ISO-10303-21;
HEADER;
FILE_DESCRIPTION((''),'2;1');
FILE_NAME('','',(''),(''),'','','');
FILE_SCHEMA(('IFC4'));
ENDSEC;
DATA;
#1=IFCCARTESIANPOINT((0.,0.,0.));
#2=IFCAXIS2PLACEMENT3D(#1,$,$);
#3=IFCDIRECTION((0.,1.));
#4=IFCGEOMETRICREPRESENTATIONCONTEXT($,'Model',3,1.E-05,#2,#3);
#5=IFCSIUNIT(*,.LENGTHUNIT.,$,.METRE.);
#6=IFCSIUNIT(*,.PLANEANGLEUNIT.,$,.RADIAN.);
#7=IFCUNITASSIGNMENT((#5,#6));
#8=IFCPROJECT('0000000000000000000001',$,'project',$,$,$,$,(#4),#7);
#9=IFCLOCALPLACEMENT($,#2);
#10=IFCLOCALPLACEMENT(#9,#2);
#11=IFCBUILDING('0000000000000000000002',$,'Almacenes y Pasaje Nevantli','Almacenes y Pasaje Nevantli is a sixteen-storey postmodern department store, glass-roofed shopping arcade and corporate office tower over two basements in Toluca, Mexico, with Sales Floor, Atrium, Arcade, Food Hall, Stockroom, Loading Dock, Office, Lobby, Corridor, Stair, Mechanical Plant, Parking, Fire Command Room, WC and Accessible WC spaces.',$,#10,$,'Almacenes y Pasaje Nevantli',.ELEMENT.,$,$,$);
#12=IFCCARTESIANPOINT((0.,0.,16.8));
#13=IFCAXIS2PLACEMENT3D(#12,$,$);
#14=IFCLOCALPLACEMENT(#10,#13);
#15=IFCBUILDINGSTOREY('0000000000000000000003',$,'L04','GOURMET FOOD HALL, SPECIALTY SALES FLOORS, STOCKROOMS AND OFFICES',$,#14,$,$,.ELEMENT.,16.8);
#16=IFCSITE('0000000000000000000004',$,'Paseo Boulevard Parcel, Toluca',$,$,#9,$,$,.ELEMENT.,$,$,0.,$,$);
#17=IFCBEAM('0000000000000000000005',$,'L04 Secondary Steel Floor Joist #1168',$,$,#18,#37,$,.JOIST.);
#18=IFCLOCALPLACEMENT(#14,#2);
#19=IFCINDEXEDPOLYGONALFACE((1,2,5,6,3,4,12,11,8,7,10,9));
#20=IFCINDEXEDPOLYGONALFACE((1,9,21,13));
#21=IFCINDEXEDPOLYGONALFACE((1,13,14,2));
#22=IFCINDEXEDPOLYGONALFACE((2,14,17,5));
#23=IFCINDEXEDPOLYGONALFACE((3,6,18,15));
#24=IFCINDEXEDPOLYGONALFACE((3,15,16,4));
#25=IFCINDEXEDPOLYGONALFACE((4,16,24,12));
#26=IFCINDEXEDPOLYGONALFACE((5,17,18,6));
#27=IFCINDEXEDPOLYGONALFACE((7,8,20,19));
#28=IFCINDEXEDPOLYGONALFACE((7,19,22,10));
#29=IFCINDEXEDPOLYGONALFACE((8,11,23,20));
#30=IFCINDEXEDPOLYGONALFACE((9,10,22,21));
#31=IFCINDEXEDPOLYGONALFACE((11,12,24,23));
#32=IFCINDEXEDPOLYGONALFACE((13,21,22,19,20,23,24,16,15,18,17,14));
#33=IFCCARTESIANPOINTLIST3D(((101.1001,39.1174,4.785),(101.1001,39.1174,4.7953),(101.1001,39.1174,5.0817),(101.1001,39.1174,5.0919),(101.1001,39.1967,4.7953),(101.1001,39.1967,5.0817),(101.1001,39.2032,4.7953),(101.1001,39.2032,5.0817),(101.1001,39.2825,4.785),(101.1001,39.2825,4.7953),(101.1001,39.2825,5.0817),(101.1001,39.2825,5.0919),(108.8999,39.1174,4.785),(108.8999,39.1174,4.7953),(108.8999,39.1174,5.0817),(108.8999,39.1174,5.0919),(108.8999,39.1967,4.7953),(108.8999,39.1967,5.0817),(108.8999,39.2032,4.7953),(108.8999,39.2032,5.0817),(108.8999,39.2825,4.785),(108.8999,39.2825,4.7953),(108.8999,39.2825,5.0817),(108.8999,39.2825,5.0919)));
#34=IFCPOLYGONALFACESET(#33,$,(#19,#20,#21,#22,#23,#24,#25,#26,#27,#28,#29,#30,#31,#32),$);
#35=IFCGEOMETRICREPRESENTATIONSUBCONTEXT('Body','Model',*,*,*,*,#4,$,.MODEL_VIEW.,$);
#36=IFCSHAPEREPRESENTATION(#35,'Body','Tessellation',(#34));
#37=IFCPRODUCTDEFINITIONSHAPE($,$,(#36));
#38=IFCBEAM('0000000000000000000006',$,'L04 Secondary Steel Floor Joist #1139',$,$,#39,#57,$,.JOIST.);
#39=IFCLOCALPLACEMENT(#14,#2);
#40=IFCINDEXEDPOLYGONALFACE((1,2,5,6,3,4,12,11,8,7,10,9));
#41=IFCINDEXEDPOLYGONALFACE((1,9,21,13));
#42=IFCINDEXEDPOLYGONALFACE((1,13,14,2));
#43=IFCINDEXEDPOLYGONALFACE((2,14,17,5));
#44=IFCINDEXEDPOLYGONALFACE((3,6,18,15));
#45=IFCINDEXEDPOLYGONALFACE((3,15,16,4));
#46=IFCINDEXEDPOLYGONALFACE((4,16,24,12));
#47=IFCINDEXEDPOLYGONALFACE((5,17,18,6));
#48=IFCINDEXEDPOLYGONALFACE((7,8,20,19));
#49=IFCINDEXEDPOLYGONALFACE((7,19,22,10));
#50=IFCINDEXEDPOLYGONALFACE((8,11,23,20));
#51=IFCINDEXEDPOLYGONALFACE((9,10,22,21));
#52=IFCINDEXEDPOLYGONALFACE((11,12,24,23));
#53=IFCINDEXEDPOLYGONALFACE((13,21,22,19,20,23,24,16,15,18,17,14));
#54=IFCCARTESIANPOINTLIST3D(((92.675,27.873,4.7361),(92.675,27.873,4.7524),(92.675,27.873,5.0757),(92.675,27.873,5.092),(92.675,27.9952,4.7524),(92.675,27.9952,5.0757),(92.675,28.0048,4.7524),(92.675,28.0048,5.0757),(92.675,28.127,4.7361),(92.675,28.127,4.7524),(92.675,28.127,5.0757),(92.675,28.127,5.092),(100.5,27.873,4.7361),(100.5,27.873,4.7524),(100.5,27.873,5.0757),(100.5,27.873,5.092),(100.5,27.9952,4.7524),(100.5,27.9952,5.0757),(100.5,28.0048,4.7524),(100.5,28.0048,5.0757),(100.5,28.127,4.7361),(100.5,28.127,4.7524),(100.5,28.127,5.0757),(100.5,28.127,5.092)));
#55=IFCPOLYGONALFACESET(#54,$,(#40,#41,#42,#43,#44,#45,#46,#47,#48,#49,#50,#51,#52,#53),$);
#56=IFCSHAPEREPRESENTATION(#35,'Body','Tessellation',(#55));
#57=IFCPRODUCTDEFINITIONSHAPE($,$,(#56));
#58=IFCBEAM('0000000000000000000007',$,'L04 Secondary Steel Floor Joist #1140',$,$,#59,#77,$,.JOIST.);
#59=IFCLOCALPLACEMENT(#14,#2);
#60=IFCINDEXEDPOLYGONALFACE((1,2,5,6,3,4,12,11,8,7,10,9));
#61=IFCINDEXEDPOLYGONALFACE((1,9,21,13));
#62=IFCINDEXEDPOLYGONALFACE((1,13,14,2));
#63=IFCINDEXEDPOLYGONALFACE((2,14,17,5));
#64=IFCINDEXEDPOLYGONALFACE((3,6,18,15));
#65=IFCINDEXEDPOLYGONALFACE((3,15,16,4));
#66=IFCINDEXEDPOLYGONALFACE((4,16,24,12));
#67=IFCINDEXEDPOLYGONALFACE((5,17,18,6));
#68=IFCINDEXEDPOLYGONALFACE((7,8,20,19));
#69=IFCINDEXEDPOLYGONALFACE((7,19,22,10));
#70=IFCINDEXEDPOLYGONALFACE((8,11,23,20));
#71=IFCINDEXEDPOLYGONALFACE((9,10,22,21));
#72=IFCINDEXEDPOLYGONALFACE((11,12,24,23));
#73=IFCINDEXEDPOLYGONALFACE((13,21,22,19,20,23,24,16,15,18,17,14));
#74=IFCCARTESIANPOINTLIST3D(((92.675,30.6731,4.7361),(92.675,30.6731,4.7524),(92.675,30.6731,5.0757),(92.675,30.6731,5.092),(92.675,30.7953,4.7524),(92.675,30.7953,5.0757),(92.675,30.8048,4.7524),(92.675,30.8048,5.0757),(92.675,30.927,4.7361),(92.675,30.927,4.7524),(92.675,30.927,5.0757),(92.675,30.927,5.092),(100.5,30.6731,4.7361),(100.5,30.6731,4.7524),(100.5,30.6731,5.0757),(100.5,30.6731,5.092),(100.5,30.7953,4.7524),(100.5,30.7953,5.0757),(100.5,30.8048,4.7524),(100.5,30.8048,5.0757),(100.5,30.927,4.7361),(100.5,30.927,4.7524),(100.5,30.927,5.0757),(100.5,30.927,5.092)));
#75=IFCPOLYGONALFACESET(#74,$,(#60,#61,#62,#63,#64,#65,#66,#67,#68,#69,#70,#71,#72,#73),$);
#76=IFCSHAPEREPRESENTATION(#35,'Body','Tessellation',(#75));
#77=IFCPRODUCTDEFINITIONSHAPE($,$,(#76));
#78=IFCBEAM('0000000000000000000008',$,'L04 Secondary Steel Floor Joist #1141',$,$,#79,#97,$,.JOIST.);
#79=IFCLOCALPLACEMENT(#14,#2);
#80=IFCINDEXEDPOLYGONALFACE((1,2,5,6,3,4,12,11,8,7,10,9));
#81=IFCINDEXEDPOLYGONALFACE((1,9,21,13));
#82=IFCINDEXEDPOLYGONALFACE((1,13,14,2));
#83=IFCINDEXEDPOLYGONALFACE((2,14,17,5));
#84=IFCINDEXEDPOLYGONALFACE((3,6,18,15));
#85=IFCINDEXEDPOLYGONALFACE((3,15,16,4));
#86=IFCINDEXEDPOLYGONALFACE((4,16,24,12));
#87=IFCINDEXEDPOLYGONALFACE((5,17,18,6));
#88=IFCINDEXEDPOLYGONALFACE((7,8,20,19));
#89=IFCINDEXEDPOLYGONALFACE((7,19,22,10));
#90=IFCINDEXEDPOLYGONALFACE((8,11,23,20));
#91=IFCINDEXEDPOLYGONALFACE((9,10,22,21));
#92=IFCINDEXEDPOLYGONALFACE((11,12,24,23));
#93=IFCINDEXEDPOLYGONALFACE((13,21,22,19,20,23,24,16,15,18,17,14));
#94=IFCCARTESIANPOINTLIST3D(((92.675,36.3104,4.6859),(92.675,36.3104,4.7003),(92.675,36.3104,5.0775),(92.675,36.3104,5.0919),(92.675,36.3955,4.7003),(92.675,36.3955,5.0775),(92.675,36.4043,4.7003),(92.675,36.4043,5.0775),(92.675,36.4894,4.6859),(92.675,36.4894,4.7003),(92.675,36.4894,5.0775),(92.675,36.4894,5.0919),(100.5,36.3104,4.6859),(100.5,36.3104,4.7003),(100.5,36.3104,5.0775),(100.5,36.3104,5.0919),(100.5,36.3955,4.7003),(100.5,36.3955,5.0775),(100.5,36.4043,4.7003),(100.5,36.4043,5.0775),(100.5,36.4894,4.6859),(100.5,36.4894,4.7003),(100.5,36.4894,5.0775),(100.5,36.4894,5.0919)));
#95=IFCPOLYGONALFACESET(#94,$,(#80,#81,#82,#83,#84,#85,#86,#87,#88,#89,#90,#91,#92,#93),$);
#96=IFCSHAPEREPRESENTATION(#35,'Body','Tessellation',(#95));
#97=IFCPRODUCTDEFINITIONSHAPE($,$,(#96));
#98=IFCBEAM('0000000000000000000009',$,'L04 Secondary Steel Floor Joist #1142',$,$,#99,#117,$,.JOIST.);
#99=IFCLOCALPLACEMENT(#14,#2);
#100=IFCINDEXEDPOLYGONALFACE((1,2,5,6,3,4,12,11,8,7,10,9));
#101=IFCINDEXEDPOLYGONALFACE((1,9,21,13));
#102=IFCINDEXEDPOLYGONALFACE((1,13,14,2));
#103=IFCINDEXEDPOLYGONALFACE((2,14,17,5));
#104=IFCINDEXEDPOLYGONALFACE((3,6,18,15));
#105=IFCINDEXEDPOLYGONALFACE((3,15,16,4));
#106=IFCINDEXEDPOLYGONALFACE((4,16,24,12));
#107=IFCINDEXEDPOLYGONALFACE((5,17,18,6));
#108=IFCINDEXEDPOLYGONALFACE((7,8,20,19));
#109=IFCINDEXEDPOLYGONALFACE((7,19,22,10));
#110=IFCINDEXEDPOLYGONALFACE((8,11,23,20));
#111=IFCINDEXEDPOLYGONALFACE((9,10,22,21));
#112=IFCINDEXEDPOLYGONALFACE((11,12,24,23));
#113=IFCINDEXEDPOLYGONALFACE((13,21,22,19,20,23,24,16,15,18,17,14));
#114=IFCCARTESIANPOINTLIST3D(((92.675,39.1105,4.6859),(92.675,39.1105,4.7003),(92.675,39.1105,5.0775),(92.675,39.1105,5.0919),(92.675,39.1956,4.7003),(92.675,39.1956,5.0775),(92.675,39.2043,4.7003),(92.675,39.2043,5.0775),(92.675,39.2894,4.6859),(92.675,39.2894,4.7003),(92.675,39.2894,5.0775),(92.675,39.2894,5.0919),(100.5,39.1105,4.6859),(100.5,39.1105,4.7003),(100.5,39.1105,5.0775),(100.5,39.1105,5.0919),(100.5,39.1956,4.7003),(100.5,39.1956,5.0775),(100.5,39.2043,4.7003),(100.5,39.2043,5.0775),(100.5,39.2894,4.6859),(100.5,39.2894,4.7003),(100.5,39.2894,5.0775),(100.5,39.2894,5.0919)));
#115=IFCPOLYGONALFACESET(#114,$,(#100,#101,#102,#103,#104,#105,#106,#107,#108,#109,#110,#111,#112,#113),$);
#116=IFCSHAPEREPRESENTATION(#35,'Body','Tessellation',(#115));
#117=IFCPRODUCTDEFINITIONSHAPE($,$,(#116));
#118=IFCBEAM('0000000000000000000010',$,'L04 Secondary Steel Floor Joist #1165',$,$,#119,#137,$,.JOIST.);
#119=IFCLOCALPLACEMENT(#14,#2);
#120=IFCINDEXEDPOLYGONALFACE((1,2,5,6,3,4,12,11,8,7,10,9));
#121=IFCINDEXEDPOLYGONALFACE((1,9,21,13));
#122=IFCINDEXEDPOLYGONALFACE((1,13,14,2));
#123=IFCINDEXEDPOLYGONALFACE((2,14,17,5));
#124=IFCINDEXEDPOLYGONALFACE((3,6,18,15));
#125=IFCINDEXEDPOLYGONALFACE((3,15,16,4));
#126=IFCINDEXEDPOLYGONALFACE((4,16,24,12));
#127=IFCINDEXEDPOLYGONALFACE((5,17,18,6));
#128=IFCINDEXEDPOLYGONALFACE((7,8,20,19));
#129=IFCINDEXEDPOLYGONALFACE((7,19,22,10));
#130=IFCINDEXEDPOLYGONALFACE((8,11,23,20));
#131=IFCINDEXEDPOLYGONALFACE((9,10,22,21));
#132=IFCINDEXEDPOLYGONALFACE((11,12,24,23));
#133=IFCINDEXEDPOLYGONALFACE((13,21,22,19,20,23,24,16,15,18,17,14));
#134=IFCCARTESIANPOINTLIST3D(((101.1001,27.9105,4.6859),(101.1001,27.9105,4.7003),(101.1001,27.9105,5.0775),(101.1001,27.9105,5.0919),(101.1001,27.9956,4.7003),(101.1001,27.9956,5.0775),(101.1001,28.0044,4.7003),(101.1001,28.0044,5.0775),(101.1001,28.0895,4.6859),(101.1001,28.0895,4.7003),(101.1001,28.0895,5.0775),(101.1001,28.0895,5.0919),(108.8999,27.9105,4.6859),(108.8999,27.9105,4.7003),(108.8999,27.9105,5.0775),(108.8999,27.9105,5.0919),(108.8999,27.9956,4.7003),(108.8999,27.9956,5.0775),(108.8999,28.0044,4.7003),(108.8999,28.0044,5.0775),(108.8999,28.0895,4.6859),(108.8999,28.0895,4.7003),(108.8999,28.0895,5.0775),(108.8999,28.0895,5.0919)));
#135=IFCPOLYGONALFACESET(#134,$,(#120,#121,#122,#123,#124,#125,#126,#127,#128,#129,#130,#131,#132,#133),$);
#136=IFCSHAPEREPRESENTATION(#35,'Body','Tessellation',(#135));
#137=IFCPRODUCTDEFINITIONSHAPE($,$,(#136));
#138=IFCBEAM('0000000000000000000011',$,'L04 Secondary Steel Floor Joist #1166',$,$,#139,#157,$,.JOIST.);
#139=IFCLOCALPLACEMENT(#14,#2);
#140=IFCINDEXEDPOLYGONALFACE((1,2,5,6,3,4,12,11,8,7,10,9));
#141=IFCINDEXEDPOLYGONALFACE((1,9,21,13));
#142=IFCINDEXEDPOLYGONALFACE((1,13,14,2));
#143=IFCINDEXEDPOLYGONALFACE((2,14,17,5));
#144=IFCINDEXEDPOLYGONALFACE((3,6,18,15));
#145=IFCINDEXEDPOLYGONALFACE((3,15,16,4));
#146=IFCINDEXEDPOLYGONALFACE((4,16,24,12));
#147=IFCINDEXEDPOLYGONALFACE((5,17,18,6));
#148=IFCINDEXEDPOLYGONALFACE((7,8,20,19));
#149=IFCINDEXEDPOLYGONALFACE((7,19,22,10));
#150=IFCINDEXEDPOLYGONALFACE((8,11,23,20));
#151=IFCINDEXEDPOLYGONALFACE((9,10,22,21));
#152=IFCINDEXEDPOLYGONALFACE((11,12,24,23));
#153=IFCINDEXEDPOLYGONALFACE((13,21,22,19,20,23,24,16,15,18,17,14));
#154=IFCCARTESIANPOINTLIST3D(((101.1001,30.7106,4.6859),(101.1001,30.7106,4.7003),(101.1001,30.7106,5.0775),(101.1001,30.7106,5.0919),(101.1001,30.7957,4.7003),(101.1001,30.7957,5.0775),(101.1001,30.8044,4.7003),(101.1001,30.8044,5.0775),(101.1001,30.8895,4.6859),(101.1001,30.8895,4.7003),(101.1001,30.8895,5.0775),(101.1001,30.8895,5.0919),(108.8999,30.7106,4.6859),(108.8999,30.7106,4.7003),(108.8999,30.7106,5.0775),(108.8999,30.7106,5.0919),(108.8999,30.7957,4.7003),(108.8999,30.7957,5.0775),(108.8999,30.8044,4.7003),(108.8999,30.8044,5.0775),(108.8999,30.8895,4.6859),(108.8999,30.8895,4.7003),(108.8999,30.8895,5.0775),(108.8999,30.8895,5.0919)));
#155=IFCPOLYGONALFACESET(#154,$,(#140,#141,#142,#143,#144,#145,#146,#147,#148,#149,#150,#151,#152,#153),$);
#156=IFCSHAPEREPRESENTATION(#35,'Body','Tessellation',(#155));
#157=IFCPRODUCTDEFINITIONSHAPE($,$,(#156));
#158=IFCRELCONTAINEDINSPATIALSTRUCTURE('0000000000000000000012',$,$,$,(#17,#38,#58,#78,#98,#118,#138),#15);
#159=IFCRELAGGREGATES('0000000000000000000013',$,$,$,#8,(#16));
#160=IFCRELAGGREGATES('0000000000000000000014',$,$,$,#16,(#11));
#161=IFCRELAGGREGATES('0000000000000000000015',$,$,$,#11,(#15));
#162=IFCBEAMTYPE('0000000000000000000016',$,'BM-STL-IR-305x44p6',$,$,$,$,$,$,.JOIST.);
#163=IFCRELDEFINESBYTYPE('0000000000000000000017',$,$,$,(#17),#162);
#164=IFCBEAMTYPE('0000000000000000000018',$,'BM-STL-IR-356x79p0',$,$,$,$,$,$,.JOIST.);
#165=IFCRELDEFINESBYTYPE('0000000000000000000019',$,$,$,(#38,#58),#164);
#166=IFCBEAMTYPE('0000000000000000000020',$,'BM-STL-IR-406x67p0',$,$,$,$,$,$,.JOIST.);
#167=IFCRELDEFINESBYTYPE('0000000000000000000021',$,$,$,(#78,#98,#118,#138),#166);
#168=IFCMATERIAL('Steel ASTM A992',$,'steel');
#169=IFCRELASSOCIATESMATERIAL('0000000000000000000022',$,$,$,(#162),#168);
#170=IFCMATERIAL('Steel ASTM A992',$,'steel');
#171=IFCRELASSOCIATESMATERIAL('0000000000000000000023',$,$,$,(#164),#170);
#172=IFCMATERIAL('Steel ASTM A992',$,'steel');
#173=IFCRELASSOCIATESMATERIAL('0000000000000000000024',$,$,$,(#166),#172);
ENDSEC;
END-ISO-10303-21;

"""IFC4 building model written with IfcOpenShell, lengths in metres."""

from ifc_helpers import new_model, si_unit, direction, frame, origin, origin_2d, place, context, subcontext, project, spatial, i_section, extrude, material, material_profile, profile_set, type_object, element, save


model = new_model("IFC4")

# Units and contexts
model_context = context("Model", 3, precision=1e-05, world=origin(), true_north=direction((0.0, 1.0)))
body_context = subcontext(model_context, "Body", "Model", "MODEL_VIEW")
ifc_project = project(units=[si_unit("LENGTHUNIT", "METRE"), si_unit("PLANEANGLEUNIT", "RADIAN")], contexts=[model_context])

# Site, building, storey
site_placement = place(None, origin())
site = spatial("IfcSite", under=ifc_project, at=site_placement, Name="Paseo Boulevard Parcel, Toluca", CompositionType="ELEMENT", RefElevation=0.0)
building_placement = place(site_placement, origin())
building = spatial("IfcBuilding", under=site, at=building_placement, Name="Almacenes y Pasaje Nevantli", Description="Almacenes y Pasaje Nevantli is a sixteen-storey postmodern department store, glass-roofed shopping arcade and corporate office tower over two basements in Toluca, Mexico, with Sales Floor, Atrium, Arcade, Food Hall, Stockroom, Loading Dock, Office, Lobby, Corridor, Stair, Mechanical Plant, Parking, Fire Command Room, WC and Accessible WC spaces.", LongName="Almacenes y Pasaje Nevantli", CompositionType="ELEMENT")
storey_placement = place(building_placement, frame((0.0, 0.0, 16.8)))
storey = spatial("IfcBuildingStorey", under=building, at=storey_placement, Name="L04", Description="GOURMET FOOD HALL, SPECIALTY SALES FLOORS, STOCKROOMS AND OFFICES", CompositionType="ELEMENT", Elevation=16.8)

# Beams
ifc_material_1 = material(Name="Steel ASTM A992", Category="steel")
ifc_material_profile_1 = material_profile(ifc_material_1, i_section(OverallWidth=0.165, OverallDepth=0.3069, WebThickness=0.0066, FlangeThickness=0.0103, at=origin_2d()), Name="IR 305x44.6")
ifc_profile_set_1 = profile_set([ifc_material_profile_1], Name="Steel ASTM A992")
beam_type_1 = type_object("IfcBeamType", Name="BM-STL-IR-305x44p6", PredefinedType="JOIST", material=ifc_profile_set_1)
for number, where, z_axis, x_axis, name in (
    (1, (101.1001, 39.2, 4.9385), (1.0, 0.0, 0.0), (0.0, 1.0, 0.0), "L04 Secondary Steel Floor Joist #1168"),
):
    element("IfcBeam", number, at=place(storey_placement, frame(where, z_axis=z_axis, x_axis=x_axis)), inside=storey, type_object=beam_type_1, Name=name, PredefinedType="JOIST", context=body_context, shape_type="SweptSolid", body=[
        extrude(i_section(OverallWidth=0.165, OverallDepth=0.3069, WebThickness=0.0066, FlangeThickness=0.0103, at=origin_2d()), origin(), (0.0, 0.0, 1.0), 7.7998),
    ])
ifc_material_2 = material(Name="Steel ASTM A992", Category="steel")
ifc_material_profile_2 = material_profile(ifc_material_2, i_section(OverallWidth=0.2539, OverallDepth=0.356, WebThickness=0.0095, FlangeThickness=0.0164, at=origin_2d()), Name="IR 356x79.0")
ifc_profile_set_2 = profile_set([ifc_material_profile_2], Name="Steel ASTM A992")
beam_type_2 = type_object("IfcBeamType", Name="BM-STL-IR-356x79p0", PredefinedType="JOIST", material=ifc_profile_set_2)
for number, where, z_axis, x_axis, name in (
    (2, (92.675, 28.0, 4.9141), (1.0, 0.0, 0.0), (0.0, 1.0, 0.0), "L04 Secondary Steel Floor Joist #1139"),
    (3, (92.675, 30.8, 4.9141), (1.0, 0.0, 0.0), (0.0, 1.0, 0.0), "L04 Secondary Steel Floor Joist #1140"),
):
    element("IfcBeam", number, at=place(storey_placement, frame(where, z_axis=z_axis, x_axis=x_axis)), inside=storey, type_object=beam_type_2, Name=name, PredefinedType="JOIST", context=body_context, shape_type="SweptSolid", body=[
        extrude(i_section(OverallWidth=0.2539, OverallDepth=0.356, WebThickness=0.0095, FlangeThickness=0.0164, at=origin_2d()), origin(), (0.0, 0.0, 1.0), 7.825),
    ])
ifc_material_3 = material(Name="Steel ASTM A992", Category="steel")
ifc_material_profile_3 = material_profile(ifc_material_3, i_section(OverallWidth=0.179, OverallDepth=0.406, WebThickness=0.0088, FlangeThickness=0.0144, at=origin_2d()), Name="IR 406x67.0")
ifc_profile_set_3 = profile_set([ifc_material_profile_3], Name="Steel ASTM A992")
beam_type_3 = type_object("IfcBeamType", Name="BM-STL-IR-406x67p0", PredefinedType="JOIST", material=ifc_profile_set_3)
for number, where, z_axis, x_axis, name in (
    (4, (92.675, 36.3999, 4.8889), (1.0, 0.0, 0.0), (0.0, 1.0, 0.0), "L04 Secondary Steel Floor Joist #1141"),
    (5, (92.675, 39.2, 4.8889), (1.0, 0.0, 0.0), (0.0, 1.0, 0.0), "L04 Secondary Steel Floor Joist #1142"),
):
    element("IfcBeam", number, at=place(storey_placement, frame(where, z_axis=z_axis, x_axis=x_axis)), inside=storey, type_object=beam_type_3, Name=name, PredefinedType="JOIST", context=body_context, shape_type="SweptSolid", body=[
        extrude(i_section(OverallWidth=0.179, OverallDepth=0.406, WebThickness=0.0088, FlangeThickness=0.0144, at=origin_2d()), origin(), (0.0, 0.0, 1.0), 7.825),
    ])
for number, where, z_axis, x_axis, name in (
    (6, (101.1001, 28.0, 4.8889), (1.0, 0.0, 0.0), (0.0, 1.0, 0.0), "L04 Secondary Steel Floor Joist #1165"),
    (7, (101.1001, 30.8, 4.8889), (1.0, 0.0, 0.0), (0.0, 1.0, 0.0), "L04 Secondary Steel Floor Joist #1166"),
):
    element("IfcBeam", number, at=place(storey_placement, frame(where, z_axis=z_axis, x_axis=x_axis)), inside=storey, type_object=beam_type_3, Name=name, PredefinedType="JOIST", context=body_context, shape_type="SweptSolid", body=[
        extrude(i_section(OverallWidth=0.179, OverallDepth=0.406, WebThickness=0.0088, FlangeThickness=0.0144, at=origin_2d()), origin(), (0.0, 0.0, 1.0), 7.7998),
    ])

save(model, "model.ifc")
